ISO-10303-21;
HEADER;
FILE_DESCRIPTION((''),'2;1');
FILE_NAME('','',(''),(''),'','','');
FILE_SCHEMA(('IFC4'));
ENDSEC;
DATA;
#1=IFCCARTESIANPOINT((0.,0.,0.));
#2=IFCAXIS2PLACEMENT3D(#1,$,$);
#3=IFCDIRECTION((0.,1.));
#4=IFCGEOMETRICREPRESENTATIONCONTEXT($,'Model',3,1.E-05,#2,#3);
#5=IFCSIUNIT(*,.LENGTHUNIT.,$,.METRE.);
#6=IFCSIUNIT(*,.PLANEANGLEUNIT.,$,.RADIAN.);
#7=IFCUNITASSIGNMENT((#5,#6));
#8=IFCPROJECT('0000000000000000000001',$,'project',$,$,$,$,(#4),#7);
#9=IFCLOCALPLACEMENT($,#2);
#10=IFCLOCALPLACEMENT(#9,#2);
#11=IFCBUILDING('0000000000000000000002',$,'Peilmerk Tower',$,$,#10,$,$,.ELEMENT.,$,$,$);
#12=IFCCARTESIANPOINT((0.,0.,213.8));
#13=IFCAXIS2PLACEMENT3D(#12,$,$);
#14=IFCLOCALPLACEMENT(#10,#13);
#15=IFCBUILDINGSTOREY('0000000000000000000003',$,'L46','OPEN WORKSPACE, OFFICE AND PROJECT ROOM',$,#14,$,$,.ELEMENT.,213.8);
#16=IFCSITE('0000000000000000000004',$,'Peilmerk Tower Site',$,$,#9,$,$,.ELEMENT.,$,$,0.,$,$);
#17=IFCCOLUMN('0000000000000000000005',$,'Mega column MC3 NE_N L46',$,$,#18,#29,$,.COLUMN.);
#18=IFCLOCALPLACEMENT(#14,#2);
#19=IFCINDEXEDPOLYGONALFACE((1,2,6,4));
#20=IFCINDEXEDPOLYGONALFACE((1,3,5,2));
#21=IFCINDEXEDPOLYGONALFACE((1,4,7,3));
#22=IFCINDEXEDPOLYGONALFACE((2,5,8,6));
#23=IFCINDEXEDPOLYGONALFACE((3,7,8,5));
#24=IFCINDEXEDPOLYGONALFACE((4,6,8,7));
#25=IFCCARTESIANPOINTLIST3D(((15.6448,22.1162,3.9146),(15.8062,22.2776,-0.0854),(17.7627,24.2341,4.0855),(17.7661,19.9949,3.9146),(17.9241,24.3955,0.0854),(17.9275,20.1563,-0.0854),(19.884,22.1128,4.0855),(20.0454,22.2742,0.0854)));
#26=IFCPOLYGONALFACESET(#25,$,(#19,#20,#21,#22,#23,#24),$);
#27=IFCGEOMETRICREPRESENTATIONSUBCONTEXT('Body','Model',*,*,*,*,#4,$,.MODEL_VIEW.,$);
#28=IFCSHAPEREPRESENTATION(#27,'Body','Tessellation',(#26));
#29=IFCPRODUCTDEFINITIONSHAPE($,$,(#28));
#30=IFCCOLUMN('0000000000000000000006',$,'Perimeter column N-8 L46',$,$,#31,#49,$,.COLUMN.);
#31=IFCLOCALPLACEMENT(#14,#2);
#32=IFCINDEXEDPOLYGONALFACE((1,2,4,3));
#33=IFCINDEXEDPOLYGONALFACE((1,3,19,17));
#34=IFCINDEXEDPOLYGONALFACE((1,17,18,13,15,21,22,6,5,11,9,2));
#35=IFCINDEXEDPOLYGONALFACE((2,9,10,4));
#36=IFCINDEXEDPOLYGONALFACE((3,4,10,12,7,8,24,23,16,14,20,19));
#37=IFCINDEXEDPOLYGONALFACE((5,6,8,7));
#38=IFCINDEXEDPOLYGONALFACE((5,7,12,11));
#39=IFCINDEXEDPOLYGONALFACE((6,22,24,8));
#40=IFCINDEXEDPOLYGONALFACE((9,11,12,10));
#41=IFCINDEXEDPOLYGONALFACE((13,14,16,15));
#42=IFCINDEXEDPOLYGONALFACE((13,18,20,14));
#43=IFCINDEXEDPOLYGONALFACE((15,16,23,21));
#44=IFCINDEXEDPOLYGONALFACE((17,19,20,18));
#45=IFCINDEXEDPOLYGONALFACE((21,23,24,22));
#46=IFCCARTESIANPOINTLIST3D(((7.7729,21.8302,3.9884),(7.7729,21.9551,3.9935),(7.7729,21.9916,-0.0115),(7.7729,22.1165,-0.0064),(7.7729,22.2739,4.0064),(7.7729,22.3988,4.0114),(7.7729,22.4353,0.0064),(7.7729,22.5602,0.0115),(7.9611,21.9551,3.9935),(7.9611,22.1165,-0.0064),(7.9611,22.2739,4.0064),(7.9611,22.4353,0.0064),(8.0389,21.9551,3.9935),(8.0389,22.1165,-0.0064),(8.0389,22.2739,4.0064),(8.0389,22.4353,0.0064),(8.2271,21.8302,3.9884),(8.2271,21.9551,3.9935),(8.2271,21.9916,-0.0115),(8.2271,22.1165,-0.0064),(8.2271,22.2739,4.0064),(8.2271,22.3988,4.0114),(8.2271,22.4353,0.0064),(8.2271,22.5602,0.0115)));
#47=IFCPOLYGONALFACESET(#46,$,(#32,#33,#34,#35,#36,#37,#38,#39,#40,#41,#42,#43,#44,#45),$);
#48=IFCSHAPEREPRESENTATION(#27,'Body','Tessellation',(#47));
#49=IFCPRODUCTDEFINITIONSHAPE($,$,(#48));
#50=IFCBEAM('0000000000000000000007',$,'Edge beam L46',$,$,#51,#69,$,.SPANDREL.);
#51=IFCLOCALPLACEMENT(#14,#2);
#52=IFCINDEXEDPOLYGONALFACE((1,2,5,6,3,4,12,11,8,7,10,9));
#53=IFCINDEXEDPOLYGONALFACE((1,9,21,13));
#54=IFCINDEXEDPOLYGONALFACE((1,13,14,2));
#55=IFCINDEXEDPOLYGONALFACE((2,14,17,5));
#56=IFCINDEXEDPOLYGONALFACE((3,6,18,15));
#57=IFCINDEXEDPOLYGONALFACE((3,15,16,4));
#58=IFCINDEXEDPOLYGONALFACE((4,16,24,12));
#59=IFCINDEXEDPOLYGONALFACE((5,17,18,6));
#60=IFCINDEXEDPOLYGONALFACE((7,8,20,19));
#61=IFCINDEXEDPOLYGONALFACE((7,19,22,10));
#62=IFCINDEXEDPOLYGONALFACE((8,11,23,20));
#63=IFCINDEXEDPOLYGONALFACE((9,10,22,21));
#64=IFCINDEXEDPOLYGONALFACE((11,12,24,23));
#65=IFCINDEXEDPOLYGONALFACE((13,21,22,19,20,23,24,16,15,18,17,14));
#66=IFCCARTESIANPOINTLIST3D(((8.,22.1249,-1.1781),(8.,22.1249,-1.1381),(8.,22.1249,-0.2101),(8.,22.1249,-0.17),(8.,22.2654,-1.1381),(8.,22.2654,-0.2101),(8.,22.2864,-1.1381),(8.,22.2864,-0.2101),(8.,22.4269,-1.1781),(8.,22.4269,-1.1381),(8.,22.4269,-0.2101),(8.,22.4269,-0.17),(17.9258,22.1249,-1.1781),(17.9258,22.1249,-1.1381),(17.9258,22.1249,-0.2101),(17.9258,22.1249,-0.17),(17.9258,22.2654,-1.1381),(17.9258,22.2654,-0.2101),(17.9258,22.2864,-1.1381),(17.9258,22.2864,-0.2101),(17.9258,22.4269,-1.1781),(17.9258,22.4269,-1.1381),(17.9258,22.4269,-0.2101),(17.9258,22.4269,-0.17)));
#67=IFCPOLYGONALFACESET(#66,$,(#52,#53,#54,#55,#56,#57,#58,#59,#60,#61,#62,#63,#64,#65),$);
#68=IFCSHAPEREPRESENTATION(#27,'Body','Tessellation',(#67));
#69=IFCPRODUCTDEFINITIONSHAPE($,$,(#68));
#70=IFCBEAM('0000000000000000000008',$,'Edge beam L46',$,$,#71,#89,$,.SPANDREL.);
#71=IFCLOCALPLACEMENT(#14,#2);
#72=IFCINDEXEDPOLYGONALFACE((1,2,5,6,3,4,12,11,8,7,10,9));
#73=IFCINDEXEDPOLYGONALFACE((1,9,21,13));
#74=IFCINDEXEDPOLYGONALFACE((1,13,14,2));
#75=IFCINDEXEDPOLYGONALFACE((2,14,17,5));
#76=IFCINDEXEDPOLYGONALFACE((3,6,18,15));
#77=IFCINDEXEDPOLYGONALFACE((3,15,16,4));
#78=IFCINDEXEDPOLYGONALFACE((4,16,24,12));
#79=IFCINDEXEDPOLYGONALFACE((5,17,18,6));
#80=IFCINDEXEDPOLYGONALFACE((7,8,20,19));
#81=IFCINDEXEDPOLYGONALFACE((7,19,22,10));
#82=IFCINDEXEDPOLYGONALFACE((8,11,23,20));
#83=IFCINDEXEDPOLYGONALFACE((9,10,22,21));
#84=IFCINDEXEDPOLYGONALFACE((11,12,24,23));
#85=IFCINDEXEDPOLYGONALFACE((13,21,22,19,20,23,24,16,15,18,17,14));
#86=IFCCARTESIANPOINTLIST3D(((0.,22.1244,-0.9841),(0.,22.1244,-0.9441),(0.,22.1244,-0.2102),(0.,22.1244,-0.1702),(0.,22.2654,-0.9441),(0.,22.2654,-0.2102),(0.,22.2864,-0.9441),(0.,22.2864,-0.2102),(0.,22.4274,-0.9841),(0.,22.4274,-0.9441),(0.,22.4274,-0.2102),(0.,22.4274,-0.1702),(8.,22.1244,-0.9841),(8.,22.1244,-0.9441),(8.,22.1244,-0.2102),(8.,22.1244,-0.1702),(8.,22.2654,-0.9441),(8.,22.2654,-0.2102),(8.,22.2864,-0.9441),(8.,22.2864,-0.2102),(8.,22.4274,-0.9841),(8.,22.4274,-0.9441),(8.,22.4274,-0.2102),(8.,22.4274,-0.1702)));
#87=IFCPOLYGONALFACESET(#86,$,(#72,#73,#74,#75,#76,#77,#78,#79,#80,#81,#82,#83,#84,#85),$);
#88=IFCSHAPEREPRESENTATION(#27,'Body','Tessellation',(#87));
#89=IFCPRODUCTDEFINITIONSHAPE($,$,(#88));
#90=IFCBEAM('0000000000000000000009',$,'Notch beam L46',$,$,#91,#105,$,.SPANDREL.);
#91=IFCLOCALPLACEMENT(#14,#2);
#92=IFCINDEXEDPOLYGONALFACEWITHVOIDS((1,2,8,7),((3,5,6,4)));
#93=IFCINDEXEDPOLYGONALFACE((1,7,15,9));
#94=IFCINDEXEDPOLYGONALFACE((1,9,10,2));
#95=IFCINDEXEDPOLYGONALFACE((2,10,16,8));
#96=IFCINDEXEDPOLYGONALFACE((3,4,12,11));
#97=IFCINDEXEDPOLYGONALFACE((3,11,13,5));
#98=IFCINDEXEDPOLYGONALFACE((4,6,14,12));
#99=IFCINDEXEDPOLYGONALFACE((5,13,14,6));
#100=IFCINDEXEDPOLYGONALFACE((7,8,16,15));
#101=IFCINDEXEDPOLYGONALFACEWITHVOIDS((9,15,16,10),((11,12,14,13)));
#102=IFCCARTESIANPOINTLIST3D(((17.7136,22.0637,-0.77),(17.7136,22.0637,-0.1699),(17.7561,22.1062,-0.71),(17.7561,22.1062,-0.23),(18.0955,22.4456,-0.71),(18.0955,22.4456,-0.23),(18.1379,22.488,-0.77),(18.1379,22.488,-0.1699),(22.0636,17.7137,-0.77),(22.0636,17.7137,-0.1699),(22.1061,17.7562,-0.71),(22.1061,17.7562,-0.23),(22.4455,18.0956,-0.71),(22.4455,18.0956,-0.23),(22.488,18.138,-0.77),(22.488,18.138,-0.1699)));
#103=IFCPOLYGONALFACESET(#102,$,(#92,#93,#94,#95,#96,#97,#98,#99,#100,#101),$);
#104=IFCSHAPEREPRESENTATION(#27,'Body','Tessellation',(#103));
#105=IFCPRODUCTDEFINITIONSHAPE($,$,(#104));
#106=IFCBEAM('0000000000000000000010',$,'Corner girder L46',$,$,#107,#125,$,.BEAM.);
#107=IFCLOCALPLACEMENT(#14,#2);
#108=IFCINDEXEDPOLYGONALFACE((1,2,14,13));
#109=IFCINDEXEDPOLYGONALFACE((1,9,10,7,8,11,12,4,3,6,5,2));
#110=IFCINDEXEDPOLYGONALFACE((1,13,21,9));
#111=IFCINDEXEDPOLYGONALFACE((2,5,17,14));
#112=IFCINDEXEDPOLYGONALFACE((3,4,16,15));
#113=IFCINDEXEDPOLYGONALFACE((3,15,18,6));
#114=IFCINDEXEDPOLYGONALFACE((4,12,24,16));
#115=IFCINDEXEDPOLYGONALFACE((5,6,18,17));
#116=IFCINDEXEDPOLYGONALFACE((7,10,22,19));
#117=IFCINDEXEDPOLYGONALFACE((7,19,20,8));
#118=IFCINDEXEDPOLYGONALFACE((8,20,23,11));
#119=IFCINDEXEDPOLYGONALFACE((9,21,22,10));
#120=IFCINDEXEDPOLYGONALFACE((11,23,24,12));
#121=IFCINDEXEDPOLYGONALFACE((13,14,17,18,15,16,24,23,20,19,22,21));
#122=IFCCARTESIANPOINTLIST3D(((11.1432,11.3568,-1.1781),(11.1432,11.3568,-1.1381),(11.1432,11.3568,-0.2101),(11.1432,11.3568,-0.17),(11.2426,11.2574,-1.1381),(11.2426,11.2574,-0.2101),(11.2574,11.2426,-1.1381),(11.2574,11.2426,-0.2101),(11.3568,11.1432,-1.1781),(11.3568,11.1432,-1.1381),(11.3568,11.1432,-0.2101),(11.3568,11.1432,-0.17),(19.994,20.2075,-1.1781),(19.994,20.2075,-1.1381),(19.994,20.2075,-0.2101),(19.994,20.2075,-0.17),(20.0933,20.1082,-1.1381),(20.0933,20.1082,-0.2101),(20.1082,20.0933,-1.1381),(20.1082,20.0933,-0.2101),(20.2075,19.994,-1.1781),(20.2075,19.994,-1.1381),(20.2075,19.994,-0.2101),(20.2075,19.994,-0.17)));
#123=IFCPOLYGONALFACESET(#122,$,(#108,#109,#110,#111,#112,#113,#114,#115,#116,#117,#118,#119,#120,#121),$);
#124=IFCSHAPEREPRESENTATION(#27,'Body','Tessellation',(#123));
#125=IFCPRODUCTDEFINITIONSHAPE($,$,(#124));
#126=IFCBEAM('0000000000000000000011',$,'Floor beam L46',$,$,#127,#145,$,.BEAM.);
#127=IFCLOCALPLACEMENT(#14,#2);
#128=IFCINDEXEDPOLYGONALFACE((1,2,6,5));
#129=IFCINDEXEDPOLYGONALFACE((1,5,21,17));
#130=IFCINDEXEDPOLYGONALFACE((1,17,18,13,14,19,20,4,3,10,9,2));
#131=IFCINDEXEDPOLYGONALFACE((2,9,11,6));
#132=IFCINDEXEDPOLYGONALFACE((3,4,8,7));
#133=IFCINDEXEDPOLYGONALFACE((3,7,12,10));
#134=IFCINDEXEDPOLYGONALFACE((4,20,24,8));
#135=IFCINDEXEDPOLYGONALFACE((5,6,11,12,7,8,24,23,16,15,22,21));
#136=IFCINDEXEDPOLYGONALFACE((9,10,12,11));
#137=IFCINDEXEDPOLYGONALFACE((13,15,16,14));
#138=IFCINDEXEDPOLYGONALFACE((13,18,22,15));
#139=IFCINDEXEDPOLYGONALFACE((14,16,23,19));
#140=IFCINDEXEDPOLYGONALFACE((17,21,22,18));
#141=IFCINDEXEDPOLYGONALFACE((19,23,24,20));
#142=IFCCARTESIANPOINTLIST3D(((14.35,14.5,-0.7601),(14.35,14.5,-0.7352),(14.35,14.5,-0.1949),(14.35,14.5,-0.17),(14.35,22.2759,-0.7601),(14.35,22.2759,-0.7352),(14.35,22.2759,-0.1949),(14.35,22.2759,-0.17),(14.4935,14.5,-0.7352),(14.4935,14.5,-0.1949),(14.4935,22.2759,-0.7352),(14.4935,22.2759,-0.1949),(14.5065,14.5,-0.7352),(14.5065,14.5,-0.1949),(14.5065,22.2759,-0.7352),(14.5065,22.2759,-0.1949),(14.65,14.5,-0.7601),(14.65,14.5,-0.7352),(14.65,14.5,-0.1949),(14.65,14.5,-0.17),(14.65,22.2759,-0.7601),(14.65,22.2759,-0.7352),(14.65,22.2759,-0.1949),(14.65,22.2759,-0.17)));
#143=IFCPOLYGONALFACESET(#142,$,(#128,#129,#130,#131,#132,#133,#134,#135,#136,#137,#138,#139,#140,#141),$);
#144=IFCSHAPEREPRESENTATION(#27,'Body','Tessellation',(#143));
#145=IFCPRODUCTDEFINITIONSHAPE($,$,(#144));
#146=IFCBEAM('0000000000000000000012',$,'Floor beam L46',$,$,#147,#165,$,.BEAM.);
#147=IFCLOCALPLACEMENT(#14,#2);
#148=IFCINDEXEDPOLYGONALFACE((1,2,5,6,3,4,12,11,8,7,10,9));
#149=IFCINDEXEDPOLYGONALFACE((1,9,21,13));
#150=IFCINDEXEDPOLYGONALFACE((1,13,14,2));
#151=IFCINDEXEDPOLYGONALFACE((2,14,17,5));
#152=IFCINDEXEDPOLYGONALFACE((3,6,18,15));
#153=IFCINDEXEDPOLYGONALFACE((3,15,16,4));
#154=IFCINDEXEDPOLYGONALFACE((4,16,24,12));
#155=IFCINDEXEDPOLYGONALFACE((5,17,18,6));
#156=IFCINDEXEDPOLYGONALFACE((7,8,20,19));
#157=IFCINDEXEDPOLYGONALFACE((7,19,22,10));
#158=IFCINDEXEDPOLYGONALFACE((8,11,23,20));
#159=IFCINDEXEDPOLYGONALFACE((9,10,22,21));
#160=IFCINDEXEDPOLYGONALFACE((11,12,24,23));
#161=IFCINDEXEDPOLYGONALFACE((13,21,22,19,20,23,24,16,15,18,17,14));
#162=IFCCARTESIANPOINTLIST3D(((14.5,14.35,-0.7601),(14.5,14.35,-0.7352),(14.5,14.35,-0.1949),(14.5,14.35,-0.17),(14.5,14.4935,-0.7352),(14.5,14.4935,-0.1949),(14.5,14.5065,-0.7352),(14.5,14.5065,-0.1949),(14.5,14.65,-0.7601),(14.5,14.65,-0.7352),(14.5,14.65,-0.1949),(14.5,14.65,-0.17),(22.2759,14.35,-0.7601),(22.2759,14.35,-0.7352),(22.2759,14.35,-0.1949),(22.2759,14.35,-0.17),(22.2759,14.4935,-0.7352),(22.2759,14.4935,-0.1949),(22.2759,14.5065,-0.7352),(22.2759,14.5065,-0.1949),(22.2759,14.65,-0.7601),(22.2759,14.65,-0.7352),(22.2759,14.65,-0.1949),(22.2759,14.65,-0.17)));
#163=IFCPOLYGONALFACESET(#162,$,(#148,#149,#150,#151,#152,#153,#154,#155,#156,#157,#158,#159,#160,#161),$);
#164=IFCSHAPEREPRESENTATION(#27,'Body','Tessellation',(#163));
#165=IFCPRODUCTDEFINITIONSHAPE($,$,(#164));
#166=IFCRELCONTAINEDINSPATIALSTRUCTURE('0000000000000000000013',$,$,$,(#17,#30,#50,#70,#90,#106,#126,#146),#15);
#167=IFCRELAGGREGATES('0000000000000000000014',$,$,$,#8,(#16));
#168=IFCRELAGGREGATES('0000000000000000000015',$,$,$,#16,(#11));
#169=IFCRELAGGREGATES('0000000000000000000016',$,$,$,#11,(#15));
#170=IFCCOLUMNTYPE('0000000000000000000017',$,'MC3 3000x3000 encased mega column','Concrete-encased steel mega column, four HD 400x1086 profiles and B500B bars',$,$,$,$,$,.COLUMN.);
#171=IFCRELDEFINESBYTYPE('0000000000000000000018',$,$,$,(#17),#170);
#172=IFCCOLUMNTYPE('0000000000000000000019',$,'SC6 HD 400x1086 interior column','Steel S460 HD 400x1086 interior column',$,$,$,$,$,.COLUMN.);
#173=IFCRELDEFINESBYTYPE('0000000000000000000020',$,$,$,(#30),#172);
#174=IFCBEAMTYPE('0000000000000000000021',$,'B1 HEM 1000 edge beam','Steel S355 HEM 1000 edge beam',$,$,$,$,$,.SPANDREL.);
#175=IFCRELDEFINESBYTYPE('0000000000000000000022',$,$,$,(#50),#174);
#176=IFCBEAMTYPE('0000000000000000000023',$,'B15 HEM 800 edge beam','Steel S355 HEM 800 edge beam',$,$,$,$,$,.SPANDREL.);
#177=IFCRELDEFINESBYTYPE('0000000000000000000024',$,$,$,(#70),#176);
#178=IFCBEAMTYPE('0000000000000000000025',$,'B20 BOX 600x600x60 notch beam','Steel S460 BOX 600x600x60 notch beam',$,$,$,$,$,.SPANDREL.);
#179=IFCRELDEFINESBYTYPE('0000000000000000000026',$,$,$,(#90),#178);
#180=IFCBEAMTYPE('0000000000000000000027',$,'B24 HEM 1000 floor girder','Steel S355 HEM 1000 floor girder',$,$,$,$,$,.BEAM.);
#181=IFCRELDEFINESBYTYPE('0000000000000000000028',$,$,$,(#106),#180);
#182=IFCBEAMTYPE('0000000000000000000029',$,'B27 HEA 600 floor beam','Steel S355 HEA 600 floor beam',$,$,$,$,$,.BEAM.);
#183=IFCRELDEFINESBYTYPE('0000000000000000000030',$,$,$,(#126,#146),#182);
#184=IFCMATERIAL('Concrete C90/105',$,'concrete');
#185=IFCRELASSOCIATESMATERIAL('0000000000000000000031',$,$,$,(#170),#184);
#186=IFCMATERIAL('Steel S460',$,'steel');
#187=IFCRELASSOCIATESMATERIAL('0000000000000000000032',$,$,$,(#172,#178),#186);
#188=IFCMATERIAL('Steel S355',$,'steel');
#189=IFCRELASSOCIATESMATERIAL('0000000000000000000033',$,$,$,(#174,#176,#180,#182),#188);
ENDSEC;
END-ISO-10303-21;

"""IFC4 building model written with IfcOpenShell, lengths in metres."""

from ifc_helpers import new_model, si_unit, direction, frame, origin, origin_2d, place, context, subcontext, project, spatial, rectangle, hollow_rectangle, i_section, extrude, material, material_profile, profile_set, type_object, element, save


model = new_model("IFC4")

# Units and contexts
model_context = context("Model", 3, precision=1e-05, world=origin(), true_north=direction((0.0, 1.0)))
body_context = subcontext(model_context, "Body", "Model", "MODEL_VIEW")
ifc_project = project(units=[si_unit("LENGTHUNIT", "METRE"), si_unit("PLANEANGLEUNIT", "RADIAN")], contexts=[model_context])

# Site, building, storey
site_placement = place(None, origin())
site = spatial("IfcSite", under=ifc_project, at=site_placement, Name="Peilmerk Tower Site", CompositionType="ELEMENT", RefElevation=0.0)
building_placement = place(site_placement, origin())
building = spatial("IfcBuilding", under=site, at=building_placement, Name="Peilmerk Tower", CompositionType="ELEMENT")
storey_placement = place(building_placement, frame((0.0, 0.0, 213.8)))
storey = spatial("IfcBuildingStorey", under=building, at=storey_placement, Name="L46", Description="OPEN WORKSPACE, OFFICE AND PROJECT ROOM", CompositionType="ELEMENT", Elevation=213.8)

# Columns
ifc_material_1 = material(Name="Concrete C90/105", Category="concrete")
ifc_material_profile_1 = material_profile(ifc_material_1, rectangle(XDim=3.0, YDim=3.0, at=origin_2d()), Name="RC 3000x3000")
ifc_profile_set_1 = profile_set([ifc_material_profile_1], Name="Concrete C90/105")
column_type_1 = type_object("IfcColumnType", Name="MC3 3000x3000 encased mega column", Description="Concrete-encased steel mega column, four HD 400x1086 profiles and B500B bars", PredefinedType="COLUMN", material=ifc_profile_set_1)
column_1_placement = place(storey_placement, frame((17.9258, 22.2759, 0.0), z_axis=(-0.040279, -0.040279, 0.998376), x_axis=(0.707107, -0.707107, 0.0)))
element("IfcColumn", 1, at=column_1_placement, inside=storey, type_object=column_type_1, Name="Mega column MC3 NE_N L46", PredefinedType="COLUMN", context=body_context, shape_type="SweptSolid", body=[
    extrude(rectangle(XDim=3.0, YDim=3.0, at=origin_2d()), origin(), (0.0, 0.0, 1.0), 4.0066),
])
ifc_material_2 = material(Name="Steel S460", Category="steel")
ifc_material_profile_2 = material_profile(ifc_material_2, i_section(OverallWidth=0.4541, OverallDepth=0.5691, WebThickness=0.0779, FlangeThickness=0.125, at=origin_2d()), Name="HD 400x1086")
ifc_profile_set_2 = profile_set([ifc_material_profile_2], Name="Steel S460")
column_type_2 = type_object("IfcColumnType", Name="SC6 HD 400x1086 interior column", Description="Steel S460 HD 400x1086 interior column", PredefinedType="COLUMN", material=ifc_profile_set_2)
column_2_placement = place(storey_placement, frame((8.0, 22.2759, 0.0), z_axis=(0.0, -0.040311, 0.999187), x_axis=(1.0, 0.0, 0.0)))
element("IfcColumn", 2, at=column_2_placement, inside=storey, type_object=column_type_2, Name="Perimeter column N-8 L46", PredefinedType="COLUMN", context=body_context, shape_type="SweptSolid", body=[
    extrude(i_section(OverallWidth=0.4541, OverallDepth=0.5691, WebThickness=0.0779, FlangeThickness=0.125, at=origin_2d()), origin(), (0.0, 0.0, 1.0), 4.0032),
])

# Beams
ifc_material_3 = material(Name="Steel S355", Category="steel")
ifc_material_profile_3 = material_profile(ifc_material_3, i_section(OverallWidth=0.302, OverallDepth=1.0081, WebThickness=0.021, FlangeThickness=0.04, at=origin_2d()), Name="HEM 1000")
ifc_profile_set_3 = profile_set([ifc_material_profile_3], Name="Steel S355")
beam_type_1 = type_object("IfcBeamType", Name="B1 HEM 1000 edge beam", Description="Steel S355 HEM 1000 edge beam", PredefinedType="SPANDREL", material=ifc_profile_set_3)
beam_1_placement = place(storey_placement, frame((17.9258, 22.2759, -0.6741), z_axis=(-1.0, 0.0, 0.0), x_axis=(0.0, -1.0, 0.0)))
element("IfcBeam", 3, at=beam_1_placement, inside=storey, type_object=beam_type_1, Name="Edge beam L46", PredefinedType="SPANDREL", context=body_context, shape_type="SweptSolid", body=[
    extrude(i_section(OverallWidth=0.302, OverallDepth=1.0081, WebThickness=0.021, FlangeThickness=0.04, at=origin_2d()), origin(), (0.0, 0.0, 1.0), 9.9258),
])
ifc_material_profile_4 = material_profile(ifc_material_3, i_section(OverallWidth=0.303, OverallDepth=0.814, WebThickness=0.021, FlangeThickness=0.04, at=origin_2d()), Name="HEM 800")
ifc_profile_set_4 = profile_set([ifc_material_profile_4], Name="Steel S355")
beam_type_2 = type_object("IfcBeamType", Name="B15 HEM 800 edge beam", Description="Steel S355 HEM 800 edge beam", PredefinedType="SPANDREL", material=ifc_profile_set_4)
beam_2_placement = place(storey_placement, frame((8.0, 22.2759, -0.5771), z_axis=(-1.0, 0.0, 0.0), x_axis=(0.0, -1.0, 0.0)))
element("IfcBeam", 4, at=beam_2_placement, inside=storey, type_object=beam_type_2, Name="Edge beam L46", PredefinedType="SPANDREL", context=body_context, shape_type="SweptSolid", body=[
    extrude(i_section(OverallWidth=0.303, OverallDepth=0.814, WebThickness=0.021, FlangeThickness=0.04, at=origin_2d()), origin(), (0.0, 0.0, 1.0), 8.0),
])
ifc_material_profile_5 = material_profile(ifc_material_2, hollow_rectangle(XDim=0.6001, YDim=0.6001, WallThickness=0.0601, at=origin_2d()), Name="BOX 600x600x60")
ifc_profile_set_5 = profile_set([ifc_material_profile_5], Name="Steel S460")
beam_type_3 = type_object("IfcBeamType", Name="B20 BOX 600x600x60 notch beam", Description="Steel S460 BOX 600x600x60 notch beam", PredefinedType="SPANDREL", material=ifc_profile_set_5)
beam_3_placement = place(storey_placement, frame((17.9258, 22.2759, -0.47), z_axis=(0.707107, -0.707107, 0.0), x_axis=(0.707107, 0.707107, 0.0)))
element("IfcBeam", 5, at=beam_3_placement, inside=storey, type_object=beam_type_3, Name="Notch beam L46", PredefinedType="SPANDREL", context=body_context, shape_type="SweptSolid", body=[
    extrude(hollow_rectangle(XDim=0.6001, YDim=0.6001, WallThickness=0.0601, at=origin_2d()), origin(), (0.0, 0.0, 1.0), 6.1519),
])
ifc_material_profile_6 = material_profile(ifc_material_3, i_section(OverallWidth=0.302, OverallDepth=1.0081, WebThickness=0.021, FlangeThickness=0.04, at=origin_2d()), Name="HEM 1000")
ifc_profile_set_6 = profile_set([ifc_material_profile_6], Name="Steel S355")
beam_type_4 = type_object("IfcBeamType", Name="B24 HEM 1000 floor girder", Description="Steel S355 HEM 1000 floor girder", PredefinedType="BEAM", material=ifc_profile_set_6)
beam_4_placement = place(storey_placement, frame((11.25, 11.25, -0.6741), z_axis=(0.707107, 0.707107, 0.0), x_axis=(-0.707107, 0.707107, 0.0)))
element("IfcBeam", 6, at=beam_4_placement, inside=storey, type_object=beam_type_4, Name="Corner girder L46", PredefinedType="BEAM", context=body_context, shape_type="SweptSolid", body=[
    extrude(i_section(OverallWidth=0.302, OverallDepth=1.0081, WebThickness=0.021, FlangeThickness=0.04, at=origin_2d()), origin(), (0.0, 0.0, 1.0), 12.5168),
])
ifc_material_profile_7 = material_profile(ifc_material_3, i_section(OverallWidth=0.3, OverallDepth=0.5901, WebThickness=0.0129, FlangeThickness=0.0249, at=origin_2d()), Name="HEA 600")
ifc_profile_set_7 = profile_set([ifc_material_profile_7], Name="Steel S355")
beam_type_5 = type_object("IfcBeamType", Name="B27 HEA 600 floor beam", Description="Steel S355 HEA 600 floor beam", PredefinedType="BEAM", material=ifc_profile_set_7)
for number, where, z_axis, x_axis, name in (
    (7, (14.5, 14.5, -0.4651), (0.0, 1.0, 0.0), (-1.0, 0.0, 0.0), "Floor beam L46"),
    (8, (14.5, 14.5, -0.4651), (1.0, 0.0, 0.0), (0.0, 1.0, 0.0), "Floor beam L46"),
):
    element("IfcBeam", number, at=place(storey_placement, frame(where, z_axis=z_axis, x_axis=x_axis)), inside=storey, type_object=beam_type_5, Name=name, PredefinedType="BEAM", context=body_context, shape_type="SweptSolid", body=[
        extrude(i_section(OverallWidth=0.3, OverallDepth=0.5901, WebThickness=0.0129, FlangeThickness=0.0249, at=origin_2d()), origin(), (0.0, 0.0, 1.0), 7.7759),
    ])

save(model, "model.ifc")
